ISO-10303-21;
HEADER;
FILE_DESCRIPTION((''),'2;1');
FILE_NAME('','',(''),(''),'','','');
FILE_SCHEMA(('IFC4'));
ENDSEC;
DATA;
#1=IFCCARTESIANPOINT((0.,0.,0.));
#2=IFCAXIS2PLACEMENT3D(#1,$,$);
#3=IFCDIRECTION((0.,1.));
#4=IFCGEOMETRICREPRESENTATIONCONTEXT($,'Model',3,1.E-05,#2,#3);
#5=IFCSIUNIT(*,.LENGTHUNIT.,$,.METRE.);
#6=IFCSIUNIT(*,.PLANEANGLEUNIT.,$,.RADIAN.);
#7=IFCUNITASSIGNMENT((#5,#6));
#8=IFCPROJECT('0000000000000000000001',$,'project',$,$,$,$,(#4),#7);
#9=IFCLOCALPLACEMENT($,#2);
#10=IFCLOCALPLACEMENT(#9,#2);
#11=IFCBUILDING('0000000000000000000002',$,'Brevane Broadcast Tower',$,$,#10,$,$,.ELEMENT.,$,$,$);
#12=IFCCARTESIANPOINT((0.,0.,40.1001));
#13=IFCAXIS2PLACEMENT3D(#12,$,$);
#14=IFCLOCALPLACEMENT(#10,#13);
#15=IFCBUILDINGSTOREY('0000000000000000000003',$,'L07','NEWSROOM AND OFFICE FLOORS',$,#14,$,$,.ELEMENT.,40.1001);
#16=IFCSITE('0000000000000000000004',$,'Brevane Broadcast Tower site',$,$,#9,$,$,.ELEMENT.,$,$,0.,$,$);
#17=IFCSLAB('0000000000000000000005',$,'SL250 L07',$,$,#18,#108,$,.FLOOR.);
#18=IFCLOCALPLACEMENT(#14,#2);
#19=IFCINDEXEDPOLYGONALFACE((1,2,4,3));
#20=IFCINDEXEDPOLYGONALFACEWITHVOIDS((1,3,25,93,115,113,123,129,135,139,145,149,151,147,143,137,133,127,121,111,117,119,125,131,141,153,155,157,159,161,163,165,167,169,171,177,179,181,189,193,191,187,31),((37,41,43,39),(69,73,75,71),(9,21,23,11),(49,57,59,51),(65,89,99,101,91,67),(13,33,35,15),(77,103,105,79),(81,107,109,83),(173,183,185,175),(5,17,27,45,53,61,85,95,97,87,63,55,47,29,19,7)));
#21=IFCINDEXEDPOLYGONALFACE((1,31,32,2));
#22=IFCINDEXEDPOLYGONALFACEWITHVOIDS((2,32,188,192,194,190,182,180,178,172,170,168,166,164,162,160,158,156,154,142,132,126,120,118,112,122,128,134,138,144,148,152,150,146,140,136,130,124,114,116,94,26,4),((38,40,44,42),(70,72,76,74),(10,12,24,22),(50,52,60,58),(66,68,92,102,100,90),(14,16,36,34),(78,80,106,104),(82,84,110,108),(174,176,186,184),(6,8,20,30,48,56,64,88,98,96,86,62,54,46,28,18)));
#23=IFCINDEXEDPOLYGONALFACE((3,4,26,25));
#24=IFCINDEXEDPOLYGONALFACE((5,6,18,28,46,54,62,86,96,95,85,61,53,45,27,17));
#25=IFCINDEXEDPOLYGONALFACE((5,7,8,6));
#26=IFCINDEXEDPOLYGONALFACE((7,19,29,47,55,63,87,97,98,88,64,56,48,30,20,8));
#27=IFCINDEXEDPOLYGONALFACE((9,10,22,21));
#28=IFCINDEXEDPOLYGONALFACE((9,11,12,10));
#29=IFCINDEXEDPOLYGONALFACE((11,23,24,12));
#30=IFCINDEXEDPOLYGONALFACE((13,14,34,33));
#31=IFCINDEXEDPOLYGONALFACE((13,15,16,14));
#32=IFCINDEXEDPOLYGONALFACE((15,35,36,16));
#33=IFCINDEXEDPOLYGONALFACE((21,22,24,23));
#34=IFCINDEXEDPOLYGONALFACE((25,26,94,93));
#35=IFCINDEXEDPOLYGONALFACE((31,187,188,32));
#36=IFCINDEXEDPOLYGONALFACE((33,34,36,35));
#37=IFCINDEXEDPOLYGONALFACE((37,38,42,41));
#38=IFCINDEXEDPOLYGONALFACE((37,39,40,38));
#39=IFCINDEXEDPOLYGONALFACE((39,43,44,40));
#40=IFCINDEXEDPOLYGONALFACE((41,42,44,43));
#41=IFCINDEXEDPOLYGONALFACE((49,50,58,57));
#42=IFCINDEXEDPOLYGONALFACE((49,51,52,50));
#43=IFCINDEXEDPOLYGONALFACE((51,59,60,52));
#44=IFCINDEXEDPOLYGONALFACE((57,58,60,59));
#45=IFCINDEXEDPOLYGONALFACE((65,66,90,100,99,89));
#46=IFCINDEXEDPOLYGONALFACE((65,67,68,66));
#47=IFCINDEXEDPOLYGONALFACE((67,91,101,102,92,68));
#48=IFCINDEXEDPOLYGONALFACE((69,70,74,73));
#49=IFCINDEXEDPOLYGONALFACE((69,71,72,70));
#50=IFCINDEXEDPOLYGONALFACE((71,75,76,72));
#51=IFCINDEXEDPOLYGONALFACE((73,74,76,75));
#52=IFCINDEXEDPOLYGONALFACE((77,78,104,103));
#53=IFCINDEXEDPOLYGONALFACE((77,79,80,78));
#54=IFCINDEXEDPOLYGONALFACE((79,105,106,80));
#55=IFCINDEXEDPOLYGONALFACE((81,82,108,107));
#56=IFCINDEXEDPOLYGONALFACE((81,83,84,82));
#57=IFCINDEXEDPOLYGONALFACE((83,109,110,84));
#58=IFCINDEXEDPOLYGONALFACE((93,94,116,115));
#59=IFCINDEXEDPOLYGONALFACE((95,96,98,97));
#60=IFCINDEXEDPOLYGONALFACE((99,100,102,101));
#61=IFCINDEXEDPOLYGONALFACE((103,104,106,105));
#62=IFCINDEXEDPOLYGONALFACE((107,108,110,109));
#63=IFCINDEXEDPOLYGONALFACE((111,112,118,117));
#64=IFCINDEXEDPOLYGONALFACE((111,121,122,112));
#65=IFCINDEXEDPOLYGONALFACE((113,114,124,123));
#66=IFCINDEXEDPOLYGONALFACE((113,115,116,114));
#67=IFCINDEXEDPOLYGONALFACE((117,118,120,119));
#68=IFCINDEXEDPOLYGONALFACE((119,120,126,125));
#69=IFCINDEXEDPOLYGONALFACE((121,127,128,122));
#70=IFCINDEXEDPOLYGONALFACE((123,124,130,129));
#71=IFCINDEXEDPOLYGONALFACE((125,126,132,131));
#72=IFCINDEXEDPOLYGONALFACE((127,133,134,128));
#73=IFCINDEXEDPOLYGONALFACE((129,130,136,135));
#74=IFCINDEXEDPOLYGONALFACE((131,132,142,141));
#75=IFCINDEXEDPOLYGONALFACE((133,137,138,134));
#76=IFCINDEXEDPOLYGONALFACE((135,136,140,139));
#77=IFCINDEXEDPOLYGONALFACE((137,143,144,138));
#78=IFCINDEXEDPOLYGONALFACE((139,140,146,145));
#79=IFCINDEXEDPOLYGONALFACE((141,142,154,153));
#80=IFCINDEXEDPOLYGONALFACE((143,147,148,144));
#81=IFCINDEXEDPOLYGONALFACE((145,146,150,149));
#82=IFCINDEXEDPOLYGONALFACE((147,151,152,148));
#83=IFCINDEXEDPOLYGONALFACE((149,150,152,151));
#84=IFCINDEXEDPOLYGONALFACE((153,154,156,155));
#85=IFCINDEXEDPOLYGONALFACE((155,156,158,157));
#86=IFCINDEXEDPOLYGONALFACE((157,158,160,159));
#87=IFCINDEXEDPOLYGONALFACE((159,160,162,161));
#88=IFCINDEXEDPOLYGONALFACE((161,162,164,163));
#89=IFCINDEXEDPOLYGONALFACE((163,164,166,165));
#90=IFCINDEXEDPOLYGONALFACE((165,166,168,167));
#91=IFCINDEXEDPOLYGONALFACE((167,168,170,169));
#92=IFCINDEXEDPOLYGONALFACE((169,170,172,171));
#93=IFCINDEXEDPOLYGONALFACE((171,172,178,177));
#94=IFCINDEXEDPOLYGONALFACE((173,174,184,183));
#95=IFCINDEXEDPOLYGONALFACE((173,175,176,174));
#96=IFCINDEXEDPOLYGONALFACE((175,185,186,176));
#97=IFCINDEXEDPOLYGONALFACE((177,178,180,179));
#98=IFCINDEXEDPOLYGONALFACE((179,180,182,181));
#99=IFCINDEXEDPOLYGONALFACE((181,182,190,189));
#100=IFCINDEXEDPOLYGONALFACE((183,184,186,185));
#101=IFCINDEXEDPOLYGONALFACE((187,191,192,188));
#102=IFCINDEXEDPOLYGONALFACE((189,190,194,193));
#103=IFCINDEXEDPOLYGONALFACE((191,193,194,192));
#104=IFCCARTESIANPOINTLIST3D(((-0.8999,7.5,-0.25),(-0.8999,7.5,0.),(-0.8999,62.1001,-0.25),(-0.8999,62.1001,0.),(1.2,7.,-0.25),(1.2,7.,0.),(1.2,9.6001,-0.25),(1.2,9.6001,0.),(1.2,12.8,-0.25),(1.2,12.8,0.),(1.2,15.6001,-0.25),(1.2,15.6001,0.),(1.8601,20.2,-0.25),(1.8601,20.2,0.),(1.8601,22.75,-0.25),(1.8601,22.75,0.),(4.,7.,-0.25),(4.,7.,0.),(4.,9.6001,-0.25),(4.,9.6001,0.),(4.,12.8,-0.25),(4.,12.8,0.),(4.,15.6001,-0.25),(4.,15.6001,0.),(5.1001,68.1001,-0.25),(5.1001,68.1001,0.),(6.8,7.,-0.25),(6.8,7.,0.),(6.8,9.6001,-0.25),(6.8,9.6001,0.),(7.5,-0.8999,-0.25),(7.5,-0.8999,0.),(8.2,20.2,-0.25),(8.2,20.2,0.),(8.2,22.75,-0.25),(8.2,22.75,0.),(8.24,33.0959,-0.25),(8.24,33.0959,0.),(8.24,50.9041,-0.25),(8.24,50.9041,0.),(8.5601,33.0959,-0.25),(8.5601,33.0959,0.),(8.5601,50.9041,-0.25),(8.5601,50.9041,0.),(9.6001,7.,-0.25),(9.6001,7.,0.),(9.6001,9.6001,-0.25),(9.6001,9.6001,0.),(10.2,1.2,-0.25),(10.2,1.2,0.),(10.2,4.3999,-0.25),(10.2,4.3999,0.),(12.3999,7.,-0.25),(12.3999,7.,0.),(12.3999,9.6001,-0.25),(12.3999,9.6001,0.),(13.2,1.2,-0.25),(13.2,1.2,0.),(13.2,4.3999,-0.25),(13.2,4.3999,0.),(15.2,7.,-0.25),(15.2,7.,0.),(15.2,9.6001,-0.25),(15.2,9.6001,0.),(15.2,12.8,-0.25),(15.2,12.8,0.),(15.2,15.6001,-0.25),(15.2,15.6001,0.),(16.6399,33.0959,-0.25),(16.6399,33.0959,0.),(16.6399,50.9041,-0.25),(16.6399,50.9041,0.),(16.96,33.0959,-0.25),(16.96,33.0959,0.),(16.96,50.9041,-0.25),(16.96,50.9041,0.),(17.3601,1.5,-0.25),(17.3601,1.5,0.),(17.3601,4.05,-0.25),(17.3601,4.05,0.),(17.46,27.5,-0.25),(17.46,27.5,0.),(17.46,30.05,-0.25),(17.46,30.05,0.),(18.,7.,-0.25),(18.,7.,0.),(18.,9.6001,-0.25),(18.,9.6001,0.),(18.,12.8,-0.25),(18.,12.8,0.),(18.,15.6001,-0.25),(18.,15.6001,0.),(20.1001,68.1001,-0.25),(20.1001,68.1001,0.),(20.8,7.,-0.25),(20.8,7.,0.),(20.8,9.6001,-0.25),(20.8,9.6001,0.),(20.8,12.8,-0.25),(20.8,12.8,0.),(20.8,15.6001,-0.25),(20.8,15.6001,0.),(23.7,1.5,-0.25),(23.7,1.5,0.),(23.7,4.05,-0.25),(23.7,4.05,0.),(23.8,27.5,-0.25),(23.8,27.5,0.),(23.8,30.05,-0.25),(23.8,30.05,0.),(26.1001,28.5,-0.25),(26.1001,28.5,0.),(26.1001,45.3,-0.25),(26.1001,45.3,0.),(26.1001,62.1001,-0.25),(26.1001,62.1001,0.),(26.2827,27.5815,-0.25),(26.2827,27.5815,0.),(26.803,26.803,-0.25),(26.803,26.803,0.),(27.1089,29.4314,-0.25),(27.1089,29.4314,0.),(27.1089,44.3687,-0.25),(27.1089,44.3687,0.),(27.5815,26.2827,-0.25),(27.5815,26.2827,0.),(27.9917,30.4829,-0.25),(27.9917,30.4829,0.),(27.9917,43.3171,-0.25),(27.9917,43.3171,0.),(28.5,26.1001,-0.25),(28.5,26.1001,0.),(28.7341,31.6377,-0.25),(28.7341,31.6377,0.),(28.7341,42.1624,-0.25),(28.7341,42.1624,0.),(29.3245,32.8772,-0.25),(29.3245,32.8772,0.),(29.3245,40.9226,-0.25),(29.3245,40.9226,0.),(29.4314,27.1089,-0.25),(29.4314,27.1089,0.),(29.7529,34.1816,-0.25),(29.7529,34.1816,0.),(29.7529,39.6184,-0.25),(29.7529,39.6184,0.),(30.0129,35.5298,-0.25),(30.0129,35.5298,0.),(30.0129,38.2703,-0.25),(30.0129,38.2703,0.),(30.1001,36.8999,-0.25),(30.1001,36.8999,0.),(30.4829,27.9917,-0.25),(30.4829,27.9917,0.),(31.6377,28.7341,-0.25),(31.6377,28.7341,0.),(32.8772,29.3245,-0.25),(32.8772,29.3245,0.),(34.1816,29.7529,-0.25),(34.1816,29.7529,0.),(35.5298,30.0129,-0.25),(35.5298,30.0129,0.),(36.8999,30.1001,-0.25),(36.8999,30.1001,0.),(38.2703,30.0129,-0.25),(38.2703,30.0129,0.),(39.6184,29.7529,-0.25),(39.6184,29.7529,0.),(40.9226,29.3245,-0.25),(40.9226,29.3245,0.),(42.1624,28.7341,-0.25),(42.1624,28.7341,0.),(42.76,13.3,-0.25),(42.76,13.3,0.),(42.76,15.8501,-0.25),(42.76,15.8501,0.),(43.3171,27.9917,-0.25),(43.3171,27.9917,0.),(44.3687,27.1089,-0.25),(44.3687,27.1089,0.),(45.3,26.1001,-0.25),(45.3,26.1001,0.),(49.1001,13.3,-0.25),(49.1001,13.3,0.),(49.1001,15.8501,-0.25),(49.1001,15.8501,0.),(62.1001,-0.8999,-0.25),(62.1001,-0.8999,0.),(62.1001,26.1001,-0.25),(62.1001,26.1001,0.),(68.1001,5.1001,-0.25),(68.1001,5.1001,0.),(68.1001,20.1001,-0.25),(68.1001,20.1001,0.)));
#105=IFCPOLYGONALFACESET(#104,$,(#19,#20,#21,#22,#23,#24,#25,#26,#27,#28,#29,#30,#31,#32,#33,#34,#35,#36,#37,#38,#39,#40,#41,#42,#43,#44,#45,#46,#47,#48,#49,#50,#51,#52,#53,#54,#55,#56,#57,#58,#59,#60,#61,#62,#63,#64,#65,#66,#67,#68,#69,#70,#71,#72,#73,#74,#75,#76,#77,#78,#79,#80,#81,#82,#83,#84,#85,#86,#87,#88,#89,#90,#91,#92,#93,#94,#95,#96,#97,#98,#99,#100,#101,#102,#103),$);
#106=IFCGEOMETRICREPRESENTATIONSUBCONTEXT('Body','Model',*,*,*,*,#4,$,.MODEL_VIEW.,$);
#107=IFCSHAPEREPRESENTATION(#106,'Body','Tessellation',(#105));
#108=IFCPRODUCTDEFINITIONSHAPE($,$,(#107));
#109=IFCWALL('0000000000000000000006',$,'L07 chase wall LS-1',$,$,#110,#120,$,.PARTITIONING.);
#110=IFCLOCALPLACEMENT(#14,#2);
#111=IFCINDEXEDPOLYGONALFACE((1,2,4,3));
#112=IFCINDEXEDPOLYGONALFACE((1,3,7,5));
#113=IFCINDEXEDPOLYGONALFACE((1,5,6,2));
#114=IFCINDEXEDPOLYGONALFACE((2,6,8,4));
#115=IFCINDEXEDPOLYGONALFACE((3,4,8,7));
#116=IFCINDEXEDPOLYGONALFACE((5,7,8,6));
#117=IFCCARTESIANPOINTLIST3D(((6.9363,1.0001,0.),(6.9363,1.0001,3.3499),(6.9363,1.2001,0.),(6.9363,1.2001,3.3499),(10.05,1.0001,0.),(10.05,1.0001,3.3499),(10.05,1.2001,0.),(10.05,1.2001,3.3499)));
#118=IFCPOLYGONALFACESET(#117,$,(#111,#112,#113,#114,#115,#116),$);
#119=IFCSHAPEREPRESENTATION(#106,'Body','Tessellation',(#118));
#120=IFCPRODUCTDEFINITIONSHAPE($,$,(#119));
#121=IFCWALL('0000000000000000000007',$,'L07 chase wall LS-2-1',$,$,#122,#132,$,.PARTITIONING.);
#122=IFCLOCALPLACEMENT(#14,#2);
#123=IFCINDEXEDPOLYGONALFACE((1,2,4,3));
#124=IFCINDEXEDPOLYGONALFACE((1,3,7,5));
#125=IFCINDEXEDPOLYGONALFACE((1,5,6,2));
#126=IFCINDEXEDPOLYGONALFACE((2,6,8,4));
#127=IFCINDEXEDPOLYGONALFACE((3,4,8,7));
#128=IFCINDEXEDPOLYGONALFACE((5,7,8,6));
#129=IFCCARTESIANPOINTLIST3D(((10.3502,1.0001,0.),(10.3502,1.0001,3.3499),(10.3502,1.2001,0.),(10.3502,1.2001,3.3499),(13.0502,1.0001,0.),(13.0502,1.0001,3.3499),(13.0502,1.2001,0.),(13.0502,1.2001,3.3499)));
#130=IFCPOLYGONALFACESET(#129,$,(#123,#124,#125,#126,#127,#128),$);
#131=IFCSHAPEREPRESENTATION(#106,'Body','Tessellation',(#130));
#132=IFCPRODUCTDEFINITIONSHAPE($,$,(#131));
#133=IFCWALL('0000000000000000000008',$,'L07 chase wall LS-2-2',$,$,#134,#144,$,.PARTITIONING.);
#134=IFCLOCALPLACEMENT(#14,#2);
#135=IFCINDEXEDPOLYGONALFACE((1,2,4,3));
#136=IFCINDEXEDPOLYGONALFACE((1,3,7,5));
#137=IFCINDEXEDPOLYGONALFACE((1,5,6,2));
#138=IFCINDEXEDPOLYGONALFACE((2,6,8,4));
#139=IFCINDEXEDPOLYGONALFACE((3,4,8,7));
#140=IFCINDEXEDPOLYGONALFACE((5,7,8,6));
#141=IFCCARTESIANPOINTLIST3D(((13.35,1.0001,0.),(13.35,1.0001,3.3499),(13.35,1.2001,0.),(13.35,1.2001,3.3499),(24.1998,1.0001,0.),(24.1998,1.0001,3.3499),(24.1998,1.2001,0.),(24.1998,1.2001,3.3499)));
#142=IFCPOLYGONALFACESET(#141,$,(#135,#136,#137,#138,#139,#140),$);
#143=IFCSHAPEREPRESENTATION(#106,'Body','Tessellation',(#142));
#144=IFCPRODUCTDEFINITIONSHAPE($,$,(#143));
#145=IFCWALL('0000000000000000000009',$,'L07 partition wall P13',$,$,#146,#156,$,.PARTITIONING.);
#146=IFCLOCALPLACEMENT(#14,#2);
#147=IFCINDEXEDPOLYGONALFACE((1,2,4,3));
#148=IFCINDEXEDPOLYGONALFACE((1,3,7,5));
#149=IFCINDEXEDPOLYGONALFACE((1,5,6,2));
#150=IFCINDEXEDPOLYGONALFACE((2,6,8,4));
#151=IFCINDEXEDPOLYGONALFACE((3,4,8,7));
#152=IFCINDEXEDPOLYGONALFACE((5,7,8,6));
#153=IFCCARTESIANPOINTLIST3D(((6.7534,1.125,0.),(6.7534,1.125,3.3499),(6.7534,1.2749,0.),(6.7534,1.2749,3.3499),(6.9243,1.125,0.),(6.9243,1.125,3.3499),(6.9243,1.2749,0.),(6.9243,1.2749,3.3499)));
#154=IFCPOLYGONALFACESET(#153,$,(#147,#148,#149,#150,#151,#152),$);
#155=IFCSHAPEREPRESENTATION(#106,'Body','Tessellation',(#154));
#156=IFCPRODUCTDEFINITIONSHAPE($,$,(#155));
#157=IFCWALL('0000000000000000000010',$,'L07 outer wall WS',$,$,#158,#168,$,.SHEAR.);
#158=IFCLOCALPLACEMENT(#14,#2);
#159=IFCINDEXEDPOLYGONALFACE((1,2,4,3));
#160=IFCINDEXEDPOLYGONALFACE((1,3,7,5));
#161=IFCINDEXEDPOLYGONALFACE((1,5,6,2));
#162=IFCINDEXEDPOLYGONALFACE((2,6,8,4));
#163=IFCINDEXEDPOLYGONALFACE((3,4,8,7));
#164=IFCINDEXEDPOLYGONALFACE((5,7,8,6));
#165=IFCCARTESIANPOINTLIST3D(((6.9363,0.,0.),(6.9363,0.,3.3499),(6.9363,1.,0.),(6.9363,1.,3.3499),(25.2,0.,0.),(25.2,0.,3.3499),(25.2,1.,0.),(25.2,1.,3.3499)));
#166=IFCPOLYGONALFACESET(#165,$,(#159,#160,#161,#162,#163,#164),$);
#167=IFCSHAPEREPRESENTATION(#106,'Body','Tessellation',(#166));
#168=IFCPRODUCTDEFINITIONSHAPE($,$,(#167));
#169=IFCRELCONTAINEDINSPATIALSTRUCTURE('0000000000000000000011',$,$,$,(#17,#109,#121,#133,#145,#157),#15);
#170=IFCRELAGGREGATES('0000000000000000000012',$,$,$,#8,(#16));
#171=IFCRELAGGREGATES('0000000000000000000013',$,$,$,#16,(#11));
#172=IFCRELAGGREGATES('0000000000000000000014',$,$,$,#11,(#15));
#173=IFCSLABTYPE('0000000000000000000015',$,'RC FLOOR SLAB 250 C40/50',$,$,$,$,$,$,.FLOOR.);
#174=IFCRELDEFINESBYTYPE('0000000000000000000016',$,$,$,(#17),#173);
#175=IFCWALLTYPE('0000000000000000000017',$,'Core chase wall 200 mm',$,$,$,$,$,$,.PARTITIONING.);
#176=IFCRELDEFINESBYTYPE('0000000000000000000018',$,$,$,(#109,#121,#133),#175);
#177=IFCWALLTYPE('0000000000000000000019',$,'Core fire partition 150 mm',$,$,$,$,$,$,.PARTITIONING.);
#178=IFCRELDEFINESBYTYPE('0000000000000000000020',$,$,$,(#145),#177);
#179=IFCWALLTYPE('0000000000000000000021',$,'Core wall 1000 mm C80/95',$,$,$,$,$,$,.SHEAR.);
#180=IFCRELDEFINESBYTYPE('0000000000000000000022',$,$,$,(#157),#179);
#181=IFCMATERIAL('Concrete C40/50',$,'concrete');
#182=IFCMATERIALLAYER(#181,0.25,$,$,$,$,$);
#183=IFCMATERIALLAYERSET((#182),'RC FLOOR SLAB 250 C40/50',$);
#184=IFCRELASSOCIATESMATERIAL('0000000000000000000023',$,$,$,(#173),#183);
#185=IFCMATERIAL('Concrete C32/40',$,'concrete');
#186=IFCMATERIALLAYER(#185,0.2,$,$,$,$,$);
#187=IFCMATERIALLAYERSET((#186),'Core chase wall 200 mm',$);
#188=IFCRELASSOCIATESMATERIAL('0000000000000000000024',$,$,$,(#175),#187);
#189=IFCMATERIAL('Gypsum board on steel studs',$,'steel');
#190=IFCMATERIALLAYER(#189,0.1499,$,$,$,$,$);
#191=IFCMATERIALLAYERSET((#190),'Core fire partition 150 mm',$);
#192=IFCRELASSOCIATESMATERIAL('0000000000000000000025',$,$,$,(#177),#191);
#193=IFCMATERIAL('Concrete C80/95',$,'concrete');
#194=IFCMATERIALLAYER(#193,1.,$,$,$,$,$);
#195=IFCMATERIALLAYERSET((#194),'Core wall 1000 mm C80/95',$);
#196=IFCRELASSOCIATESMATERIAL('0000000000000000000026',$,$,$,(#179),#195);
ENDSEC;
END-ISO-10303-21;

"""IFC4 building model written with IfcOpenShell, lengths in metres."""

from ifc_helpers import new_model, si_unit, direction, frame, frame_2d, origin, place, context, subcontext, project, spatial, polyline, rectangle, outline, extrude, material, layer, layer_set, type_object, element, save


model = new_model("IFC4")

# Units and contexts
model_context = context("Model", 3, precision=1e-05, world=origin(), true_north=direction((0.0, 1.0)))
body_context = subcontext(model_context, "Body", "Model", "MODEL_VIEW")
ifc_project = project(units=[si_unit("LENGTHUNIT", "METRE"), si_unit("PLANEANGLEUNIT", "RADIAN")], contexts=[model_context])

# Site, building, storey
site_placement = place(None, origin())
site = spatial("IfcSite", under=ifc_project, at=site_placement, Name="Brevane Broadcast Tower site", CompositionType="ELEMENT", RefElevation=0.0)
building_placement = place(site_placement, origin())
building = spatial("IfcBuilding", under=site, at=building_placement, Name="Brevane Broadcast Tower", CompositionType="ELEMENT")
storey_placement = place(building_placement, frame((0.0, 0.0, 40.1001)))
storey = spatial("IfcBuildingStorey", under=building, at=storey_placement, Name="L07", Description="NEWSROOM AND OFFICE FLOORS", CompositionType="ELEMENT", Elevation=40.1001)

# Slab
ifc_material_1 = material(Name="Concrete C40/50", Category="concrete")
ifc_layer_1 = layer(ifc_material_1, 0.25)
ifc_layer_set_1 = layer_set([ifc_layer_1], Name="RC FLOOR SLAB 250 C40/50")
slab_type_1 = type_object("IfcSlabType", Name="RC FLOOR SLAB 250 C40/50", PredefinedType="FLOOR", material=ifc_layer_set_1)
slab_1_placement = place(storey_placement, frame((0.0, 0.0, -0.25)))
element("IfcSlab", 1, at=slab_1_placement, inside=storey, type_object=slab_type_1, Name="SL250 L07", PredefinedType="FLOOR", context=body_context, shape_type="SweptSolid", body=[
    extrude(outline(polyline([(-0.8999, 7.5), (-0.8999, 62.1001), (5.1001, 68.1001), (20.1001, 68.1001), (26.1001, 62.1001), (26.1001, 45.3), (27.1089, 44.3687), (27.9917, 43.3171), (28.7341, 42.1624), (29.3245, 40.9226), (29.7529, 39.6184), (30.0129, 38.2703), (30.1001, 36.8999), (30.0129, 35.5298), (29.7529, 34.1816), (29.3245, 32.8772), (28.7341, 31.6377), (27.9917, 30.4829), (27.1089, 29.4314), (26.1001, 28.5), (26.2827, 27.5815), (26.803, 26.803), (27.5815, 26.2827), (28.5, 26.1001), (29.4314, 27.1089), (30.4829, 27.9917), (31.6377, 28.7341), (32.8772, 29.3245), (34.1816, 29.7529), (35.5298, 30.0129), (36.8999, 30.1001), (38.2703, 30.0129), (39.6184, 29.7529), (40.9226, 29.3245), (42.1624, 28.7341), (43.3171, 27.9917), (44.3687, 27.1089), (45.3, 26.1001), (62.1001, 26.1001), (68.1001, 20.1001), (68.1001, 5.1001), (62.1001, -0.8999), (7.5, -0.8999), (-0.8999, 7.5)]), holes=[polyline([(13.2, 1.2), (13.2, 4.3999), (10.2, 4.3999), (10.2, 1.2), (13.2, 1.2)]), polyline([(6.8, 9.6001), (4.0, 9.6001), (1.2, 9.6001), (1.2, 7.0), (4.0, 7.0), (6.8, 7.0), (9.6001, 7.0), (12.3999, 7.0), (15.2, 7.0), (18.0, 7.0), (20.8, 7.0), (20.8, 9.6001), (18.0, 9.6001), (15.2, 9.6001), (12.3999, 9.6001), (9.6001, 9.6001), (6.8, 9.6001)]), polyline([(4.0, 12.8), (4.0, 15.6001), (1.2, 15.6001), (1.2, 12.8), (4.0, 12.8)]), polyline([(8.2, 22.75), (1.8601, 22.75), (1.8601, 20.2), (8.2, 20.2), (8.2, 22.75)]), polyline([(8.5601, 50.9041), (8.24, 50.9041), (8.24, 33.0959), (8.5601, 33.0959), (8.5601, 50.9041)]), polyline([(23.7, 4.05), (17.3601, 4.05), (17.3601, 1.5), (23.7, 1.5), (23.7, 4.05)]), polyline([(18.0, 15.6001), (15.2, 15.6001), (15.2, 12.8), (18.0, 12.8), (20.8, 12.8), (20.8, 15.6001), (18.0, 15.6001)]), polyline([(49.1001, 15.8501), (42.76, 15.8501), (42.76, 13.3), (49.1001, 13.3), (49.1001, 15.8501)]), polyline([(23.8, 27.5), (23.8, 30.05), (17.46, 30.05), (17.46, 27.5), (23.8, 27.5)]), polyline([(16.96, 33.0959), (16.96, 50.9041), (16.6399, 50.9041), (16.6399, 33.0959), (16.96, 33.0959)])]), origin(), (0.0, 0.0, 1.0), 0.25),
])

# Walls
ifc_material_2 = material(Name="Concrete C32/40", Category="concrete")
ifc_layer_2 = layer(ifc_material_2, 0.2)
ifc_layer_set_2 = layer_set([ifc_layer_2], Name="Core chase wall 200 mm")
wall_type_1 = type_object("IfcWallType", Name="Core chase wall 200 mm", PredefinedType="PARTITIONING", material=ifc_layer_set_2)
wall_1_placement = place(storey_placement, frame((6.9363, 1.1001, 0.0), z_axis=(0.0, 0.0, 1.0), x_axis=(1.0, 0.0, 0.0)))
element("IfcWall", 2, at=wall_1_placement, inside=storey, type_object=wall_type_1, Name="L07 chase wall LS-1", PredefinedType="PARTITIONING", context=body_context, shape_type="SweptSolid", body=[
    extrude(rectangle(XDim=3.1138, YDim=0.2, at=frame_2d((1.5569, 0.0))), origin(), (0.0, 0.0, 1.0), 3.3499),
])
wall_2_placement = place(storey_placement, frame((10.3501, 1.1001, 0.0), z_axis=(0.0, 0.0, 1.0), x_axis=(1.0, 0.0, 0.0)))
element("IfcWall", 3, at=wall_2_placement, inside=storey, type_object=wall_type_1, Name="L07 chase wall LS-2-1", PredefinedType="PARTITIONING", context=body_context, shape_type="SweptSolid", body=[
    extrude(rectangle(XDim=2.7, YDim=0.2, at=frame_2d((1.3501, 0.0))), origin(), (0.0, 0.0, 1.0), 3.3499),
])
wall_3_placement = place(storey_placement, frame((13.3501, 1.1001, 0.0), z_axis=(0.0, 0.0, 1.0), x_axis=(1.0, 0.0, 0.0)))
element("IfcWall", 4, at=wall_3_placement, inside=storey, type_object=wall_type_1, Name="L07 chase wall LS-2-2", PredefinedType="PARTITIONING", context=body_context, shape_type="SweptSolid", body=[
    extrude(rectangle(XDim=10.8499, YDim=0.2, at=frame_2d((5.4248, 0.0))), origin(), (0.0, 0.0, 1.0), 3.3499),
])
ifc_material_3 = material(Name="Gypsum board on steel studs", Category="steel")
ifc_layer_3 = layer(ifc_material_3, 0.1499)
ifc_layer_set_3 = layer_set([ifc_layer_3], Name="Core fire partition 150 mm")
wall_type_2 = type_object("IfcWallType", Name="Core fire partition 150 mm", PredefinedType="PARTITIONING", material=ifc_layer_set_3)
wall_4_placement = place(storey_placement, frame((6.9243, 1.2, 0.0), z_axis=(0.0, 0.0, 1.0), x_axis=(-1.0, 0.0, 0.0)))
element("IfcWall", 5, at=wall_4_placement, inside=storey, type_object=wall_type_2, Name="L07 partition wall P13", PredefinedType="PARTITIONING", context=body_context, shape_type="SweptSolid", body=[
    extrude(rectangle(XDim=0.1709, YDim=0.1499, at=frame_2d((0.0854, 0.0))), origin(), (0.0, 0.0, 1.0), 3.3499),
])
ifc_material_4 = material(Name="Concrete C80/95", Category="concrete")
ifc_layer_4 = layer(ifc_material_4, 1.0)
ifc_layer_set_4 = layer_set([ifc_layer_4], Name="Core wall 1000 mm C80/95")
wall_type_3 = type_object("IfcWallType", Name="Core wall 1000 mm C80/95", PredefinedType="SHEAR", material=ifc_layer_set_4)
wall_5_placement = place(storey_placement, frame((6.9363, 0.5, 0.0), z_axis=(0.0, 0.0, 1.0), x_axis=(1.0, 0.0, 0.0)))
element("IfcWall", 6, at=wall_5_placement, inside=storey, type_object=wall_type_3, Name="L07 outer wall WS", PredefinedType="SHEAR", context=body_context, shape_type="SweptSolid", body=[
    extrude(rectangle(XDim=18.2637, YDim=1.0, at=frame_2d((9.1318, 0.0))), origin(), (0.0, 0.0, 1.0), 3.3499),
])

save(model, "model.ifc")
